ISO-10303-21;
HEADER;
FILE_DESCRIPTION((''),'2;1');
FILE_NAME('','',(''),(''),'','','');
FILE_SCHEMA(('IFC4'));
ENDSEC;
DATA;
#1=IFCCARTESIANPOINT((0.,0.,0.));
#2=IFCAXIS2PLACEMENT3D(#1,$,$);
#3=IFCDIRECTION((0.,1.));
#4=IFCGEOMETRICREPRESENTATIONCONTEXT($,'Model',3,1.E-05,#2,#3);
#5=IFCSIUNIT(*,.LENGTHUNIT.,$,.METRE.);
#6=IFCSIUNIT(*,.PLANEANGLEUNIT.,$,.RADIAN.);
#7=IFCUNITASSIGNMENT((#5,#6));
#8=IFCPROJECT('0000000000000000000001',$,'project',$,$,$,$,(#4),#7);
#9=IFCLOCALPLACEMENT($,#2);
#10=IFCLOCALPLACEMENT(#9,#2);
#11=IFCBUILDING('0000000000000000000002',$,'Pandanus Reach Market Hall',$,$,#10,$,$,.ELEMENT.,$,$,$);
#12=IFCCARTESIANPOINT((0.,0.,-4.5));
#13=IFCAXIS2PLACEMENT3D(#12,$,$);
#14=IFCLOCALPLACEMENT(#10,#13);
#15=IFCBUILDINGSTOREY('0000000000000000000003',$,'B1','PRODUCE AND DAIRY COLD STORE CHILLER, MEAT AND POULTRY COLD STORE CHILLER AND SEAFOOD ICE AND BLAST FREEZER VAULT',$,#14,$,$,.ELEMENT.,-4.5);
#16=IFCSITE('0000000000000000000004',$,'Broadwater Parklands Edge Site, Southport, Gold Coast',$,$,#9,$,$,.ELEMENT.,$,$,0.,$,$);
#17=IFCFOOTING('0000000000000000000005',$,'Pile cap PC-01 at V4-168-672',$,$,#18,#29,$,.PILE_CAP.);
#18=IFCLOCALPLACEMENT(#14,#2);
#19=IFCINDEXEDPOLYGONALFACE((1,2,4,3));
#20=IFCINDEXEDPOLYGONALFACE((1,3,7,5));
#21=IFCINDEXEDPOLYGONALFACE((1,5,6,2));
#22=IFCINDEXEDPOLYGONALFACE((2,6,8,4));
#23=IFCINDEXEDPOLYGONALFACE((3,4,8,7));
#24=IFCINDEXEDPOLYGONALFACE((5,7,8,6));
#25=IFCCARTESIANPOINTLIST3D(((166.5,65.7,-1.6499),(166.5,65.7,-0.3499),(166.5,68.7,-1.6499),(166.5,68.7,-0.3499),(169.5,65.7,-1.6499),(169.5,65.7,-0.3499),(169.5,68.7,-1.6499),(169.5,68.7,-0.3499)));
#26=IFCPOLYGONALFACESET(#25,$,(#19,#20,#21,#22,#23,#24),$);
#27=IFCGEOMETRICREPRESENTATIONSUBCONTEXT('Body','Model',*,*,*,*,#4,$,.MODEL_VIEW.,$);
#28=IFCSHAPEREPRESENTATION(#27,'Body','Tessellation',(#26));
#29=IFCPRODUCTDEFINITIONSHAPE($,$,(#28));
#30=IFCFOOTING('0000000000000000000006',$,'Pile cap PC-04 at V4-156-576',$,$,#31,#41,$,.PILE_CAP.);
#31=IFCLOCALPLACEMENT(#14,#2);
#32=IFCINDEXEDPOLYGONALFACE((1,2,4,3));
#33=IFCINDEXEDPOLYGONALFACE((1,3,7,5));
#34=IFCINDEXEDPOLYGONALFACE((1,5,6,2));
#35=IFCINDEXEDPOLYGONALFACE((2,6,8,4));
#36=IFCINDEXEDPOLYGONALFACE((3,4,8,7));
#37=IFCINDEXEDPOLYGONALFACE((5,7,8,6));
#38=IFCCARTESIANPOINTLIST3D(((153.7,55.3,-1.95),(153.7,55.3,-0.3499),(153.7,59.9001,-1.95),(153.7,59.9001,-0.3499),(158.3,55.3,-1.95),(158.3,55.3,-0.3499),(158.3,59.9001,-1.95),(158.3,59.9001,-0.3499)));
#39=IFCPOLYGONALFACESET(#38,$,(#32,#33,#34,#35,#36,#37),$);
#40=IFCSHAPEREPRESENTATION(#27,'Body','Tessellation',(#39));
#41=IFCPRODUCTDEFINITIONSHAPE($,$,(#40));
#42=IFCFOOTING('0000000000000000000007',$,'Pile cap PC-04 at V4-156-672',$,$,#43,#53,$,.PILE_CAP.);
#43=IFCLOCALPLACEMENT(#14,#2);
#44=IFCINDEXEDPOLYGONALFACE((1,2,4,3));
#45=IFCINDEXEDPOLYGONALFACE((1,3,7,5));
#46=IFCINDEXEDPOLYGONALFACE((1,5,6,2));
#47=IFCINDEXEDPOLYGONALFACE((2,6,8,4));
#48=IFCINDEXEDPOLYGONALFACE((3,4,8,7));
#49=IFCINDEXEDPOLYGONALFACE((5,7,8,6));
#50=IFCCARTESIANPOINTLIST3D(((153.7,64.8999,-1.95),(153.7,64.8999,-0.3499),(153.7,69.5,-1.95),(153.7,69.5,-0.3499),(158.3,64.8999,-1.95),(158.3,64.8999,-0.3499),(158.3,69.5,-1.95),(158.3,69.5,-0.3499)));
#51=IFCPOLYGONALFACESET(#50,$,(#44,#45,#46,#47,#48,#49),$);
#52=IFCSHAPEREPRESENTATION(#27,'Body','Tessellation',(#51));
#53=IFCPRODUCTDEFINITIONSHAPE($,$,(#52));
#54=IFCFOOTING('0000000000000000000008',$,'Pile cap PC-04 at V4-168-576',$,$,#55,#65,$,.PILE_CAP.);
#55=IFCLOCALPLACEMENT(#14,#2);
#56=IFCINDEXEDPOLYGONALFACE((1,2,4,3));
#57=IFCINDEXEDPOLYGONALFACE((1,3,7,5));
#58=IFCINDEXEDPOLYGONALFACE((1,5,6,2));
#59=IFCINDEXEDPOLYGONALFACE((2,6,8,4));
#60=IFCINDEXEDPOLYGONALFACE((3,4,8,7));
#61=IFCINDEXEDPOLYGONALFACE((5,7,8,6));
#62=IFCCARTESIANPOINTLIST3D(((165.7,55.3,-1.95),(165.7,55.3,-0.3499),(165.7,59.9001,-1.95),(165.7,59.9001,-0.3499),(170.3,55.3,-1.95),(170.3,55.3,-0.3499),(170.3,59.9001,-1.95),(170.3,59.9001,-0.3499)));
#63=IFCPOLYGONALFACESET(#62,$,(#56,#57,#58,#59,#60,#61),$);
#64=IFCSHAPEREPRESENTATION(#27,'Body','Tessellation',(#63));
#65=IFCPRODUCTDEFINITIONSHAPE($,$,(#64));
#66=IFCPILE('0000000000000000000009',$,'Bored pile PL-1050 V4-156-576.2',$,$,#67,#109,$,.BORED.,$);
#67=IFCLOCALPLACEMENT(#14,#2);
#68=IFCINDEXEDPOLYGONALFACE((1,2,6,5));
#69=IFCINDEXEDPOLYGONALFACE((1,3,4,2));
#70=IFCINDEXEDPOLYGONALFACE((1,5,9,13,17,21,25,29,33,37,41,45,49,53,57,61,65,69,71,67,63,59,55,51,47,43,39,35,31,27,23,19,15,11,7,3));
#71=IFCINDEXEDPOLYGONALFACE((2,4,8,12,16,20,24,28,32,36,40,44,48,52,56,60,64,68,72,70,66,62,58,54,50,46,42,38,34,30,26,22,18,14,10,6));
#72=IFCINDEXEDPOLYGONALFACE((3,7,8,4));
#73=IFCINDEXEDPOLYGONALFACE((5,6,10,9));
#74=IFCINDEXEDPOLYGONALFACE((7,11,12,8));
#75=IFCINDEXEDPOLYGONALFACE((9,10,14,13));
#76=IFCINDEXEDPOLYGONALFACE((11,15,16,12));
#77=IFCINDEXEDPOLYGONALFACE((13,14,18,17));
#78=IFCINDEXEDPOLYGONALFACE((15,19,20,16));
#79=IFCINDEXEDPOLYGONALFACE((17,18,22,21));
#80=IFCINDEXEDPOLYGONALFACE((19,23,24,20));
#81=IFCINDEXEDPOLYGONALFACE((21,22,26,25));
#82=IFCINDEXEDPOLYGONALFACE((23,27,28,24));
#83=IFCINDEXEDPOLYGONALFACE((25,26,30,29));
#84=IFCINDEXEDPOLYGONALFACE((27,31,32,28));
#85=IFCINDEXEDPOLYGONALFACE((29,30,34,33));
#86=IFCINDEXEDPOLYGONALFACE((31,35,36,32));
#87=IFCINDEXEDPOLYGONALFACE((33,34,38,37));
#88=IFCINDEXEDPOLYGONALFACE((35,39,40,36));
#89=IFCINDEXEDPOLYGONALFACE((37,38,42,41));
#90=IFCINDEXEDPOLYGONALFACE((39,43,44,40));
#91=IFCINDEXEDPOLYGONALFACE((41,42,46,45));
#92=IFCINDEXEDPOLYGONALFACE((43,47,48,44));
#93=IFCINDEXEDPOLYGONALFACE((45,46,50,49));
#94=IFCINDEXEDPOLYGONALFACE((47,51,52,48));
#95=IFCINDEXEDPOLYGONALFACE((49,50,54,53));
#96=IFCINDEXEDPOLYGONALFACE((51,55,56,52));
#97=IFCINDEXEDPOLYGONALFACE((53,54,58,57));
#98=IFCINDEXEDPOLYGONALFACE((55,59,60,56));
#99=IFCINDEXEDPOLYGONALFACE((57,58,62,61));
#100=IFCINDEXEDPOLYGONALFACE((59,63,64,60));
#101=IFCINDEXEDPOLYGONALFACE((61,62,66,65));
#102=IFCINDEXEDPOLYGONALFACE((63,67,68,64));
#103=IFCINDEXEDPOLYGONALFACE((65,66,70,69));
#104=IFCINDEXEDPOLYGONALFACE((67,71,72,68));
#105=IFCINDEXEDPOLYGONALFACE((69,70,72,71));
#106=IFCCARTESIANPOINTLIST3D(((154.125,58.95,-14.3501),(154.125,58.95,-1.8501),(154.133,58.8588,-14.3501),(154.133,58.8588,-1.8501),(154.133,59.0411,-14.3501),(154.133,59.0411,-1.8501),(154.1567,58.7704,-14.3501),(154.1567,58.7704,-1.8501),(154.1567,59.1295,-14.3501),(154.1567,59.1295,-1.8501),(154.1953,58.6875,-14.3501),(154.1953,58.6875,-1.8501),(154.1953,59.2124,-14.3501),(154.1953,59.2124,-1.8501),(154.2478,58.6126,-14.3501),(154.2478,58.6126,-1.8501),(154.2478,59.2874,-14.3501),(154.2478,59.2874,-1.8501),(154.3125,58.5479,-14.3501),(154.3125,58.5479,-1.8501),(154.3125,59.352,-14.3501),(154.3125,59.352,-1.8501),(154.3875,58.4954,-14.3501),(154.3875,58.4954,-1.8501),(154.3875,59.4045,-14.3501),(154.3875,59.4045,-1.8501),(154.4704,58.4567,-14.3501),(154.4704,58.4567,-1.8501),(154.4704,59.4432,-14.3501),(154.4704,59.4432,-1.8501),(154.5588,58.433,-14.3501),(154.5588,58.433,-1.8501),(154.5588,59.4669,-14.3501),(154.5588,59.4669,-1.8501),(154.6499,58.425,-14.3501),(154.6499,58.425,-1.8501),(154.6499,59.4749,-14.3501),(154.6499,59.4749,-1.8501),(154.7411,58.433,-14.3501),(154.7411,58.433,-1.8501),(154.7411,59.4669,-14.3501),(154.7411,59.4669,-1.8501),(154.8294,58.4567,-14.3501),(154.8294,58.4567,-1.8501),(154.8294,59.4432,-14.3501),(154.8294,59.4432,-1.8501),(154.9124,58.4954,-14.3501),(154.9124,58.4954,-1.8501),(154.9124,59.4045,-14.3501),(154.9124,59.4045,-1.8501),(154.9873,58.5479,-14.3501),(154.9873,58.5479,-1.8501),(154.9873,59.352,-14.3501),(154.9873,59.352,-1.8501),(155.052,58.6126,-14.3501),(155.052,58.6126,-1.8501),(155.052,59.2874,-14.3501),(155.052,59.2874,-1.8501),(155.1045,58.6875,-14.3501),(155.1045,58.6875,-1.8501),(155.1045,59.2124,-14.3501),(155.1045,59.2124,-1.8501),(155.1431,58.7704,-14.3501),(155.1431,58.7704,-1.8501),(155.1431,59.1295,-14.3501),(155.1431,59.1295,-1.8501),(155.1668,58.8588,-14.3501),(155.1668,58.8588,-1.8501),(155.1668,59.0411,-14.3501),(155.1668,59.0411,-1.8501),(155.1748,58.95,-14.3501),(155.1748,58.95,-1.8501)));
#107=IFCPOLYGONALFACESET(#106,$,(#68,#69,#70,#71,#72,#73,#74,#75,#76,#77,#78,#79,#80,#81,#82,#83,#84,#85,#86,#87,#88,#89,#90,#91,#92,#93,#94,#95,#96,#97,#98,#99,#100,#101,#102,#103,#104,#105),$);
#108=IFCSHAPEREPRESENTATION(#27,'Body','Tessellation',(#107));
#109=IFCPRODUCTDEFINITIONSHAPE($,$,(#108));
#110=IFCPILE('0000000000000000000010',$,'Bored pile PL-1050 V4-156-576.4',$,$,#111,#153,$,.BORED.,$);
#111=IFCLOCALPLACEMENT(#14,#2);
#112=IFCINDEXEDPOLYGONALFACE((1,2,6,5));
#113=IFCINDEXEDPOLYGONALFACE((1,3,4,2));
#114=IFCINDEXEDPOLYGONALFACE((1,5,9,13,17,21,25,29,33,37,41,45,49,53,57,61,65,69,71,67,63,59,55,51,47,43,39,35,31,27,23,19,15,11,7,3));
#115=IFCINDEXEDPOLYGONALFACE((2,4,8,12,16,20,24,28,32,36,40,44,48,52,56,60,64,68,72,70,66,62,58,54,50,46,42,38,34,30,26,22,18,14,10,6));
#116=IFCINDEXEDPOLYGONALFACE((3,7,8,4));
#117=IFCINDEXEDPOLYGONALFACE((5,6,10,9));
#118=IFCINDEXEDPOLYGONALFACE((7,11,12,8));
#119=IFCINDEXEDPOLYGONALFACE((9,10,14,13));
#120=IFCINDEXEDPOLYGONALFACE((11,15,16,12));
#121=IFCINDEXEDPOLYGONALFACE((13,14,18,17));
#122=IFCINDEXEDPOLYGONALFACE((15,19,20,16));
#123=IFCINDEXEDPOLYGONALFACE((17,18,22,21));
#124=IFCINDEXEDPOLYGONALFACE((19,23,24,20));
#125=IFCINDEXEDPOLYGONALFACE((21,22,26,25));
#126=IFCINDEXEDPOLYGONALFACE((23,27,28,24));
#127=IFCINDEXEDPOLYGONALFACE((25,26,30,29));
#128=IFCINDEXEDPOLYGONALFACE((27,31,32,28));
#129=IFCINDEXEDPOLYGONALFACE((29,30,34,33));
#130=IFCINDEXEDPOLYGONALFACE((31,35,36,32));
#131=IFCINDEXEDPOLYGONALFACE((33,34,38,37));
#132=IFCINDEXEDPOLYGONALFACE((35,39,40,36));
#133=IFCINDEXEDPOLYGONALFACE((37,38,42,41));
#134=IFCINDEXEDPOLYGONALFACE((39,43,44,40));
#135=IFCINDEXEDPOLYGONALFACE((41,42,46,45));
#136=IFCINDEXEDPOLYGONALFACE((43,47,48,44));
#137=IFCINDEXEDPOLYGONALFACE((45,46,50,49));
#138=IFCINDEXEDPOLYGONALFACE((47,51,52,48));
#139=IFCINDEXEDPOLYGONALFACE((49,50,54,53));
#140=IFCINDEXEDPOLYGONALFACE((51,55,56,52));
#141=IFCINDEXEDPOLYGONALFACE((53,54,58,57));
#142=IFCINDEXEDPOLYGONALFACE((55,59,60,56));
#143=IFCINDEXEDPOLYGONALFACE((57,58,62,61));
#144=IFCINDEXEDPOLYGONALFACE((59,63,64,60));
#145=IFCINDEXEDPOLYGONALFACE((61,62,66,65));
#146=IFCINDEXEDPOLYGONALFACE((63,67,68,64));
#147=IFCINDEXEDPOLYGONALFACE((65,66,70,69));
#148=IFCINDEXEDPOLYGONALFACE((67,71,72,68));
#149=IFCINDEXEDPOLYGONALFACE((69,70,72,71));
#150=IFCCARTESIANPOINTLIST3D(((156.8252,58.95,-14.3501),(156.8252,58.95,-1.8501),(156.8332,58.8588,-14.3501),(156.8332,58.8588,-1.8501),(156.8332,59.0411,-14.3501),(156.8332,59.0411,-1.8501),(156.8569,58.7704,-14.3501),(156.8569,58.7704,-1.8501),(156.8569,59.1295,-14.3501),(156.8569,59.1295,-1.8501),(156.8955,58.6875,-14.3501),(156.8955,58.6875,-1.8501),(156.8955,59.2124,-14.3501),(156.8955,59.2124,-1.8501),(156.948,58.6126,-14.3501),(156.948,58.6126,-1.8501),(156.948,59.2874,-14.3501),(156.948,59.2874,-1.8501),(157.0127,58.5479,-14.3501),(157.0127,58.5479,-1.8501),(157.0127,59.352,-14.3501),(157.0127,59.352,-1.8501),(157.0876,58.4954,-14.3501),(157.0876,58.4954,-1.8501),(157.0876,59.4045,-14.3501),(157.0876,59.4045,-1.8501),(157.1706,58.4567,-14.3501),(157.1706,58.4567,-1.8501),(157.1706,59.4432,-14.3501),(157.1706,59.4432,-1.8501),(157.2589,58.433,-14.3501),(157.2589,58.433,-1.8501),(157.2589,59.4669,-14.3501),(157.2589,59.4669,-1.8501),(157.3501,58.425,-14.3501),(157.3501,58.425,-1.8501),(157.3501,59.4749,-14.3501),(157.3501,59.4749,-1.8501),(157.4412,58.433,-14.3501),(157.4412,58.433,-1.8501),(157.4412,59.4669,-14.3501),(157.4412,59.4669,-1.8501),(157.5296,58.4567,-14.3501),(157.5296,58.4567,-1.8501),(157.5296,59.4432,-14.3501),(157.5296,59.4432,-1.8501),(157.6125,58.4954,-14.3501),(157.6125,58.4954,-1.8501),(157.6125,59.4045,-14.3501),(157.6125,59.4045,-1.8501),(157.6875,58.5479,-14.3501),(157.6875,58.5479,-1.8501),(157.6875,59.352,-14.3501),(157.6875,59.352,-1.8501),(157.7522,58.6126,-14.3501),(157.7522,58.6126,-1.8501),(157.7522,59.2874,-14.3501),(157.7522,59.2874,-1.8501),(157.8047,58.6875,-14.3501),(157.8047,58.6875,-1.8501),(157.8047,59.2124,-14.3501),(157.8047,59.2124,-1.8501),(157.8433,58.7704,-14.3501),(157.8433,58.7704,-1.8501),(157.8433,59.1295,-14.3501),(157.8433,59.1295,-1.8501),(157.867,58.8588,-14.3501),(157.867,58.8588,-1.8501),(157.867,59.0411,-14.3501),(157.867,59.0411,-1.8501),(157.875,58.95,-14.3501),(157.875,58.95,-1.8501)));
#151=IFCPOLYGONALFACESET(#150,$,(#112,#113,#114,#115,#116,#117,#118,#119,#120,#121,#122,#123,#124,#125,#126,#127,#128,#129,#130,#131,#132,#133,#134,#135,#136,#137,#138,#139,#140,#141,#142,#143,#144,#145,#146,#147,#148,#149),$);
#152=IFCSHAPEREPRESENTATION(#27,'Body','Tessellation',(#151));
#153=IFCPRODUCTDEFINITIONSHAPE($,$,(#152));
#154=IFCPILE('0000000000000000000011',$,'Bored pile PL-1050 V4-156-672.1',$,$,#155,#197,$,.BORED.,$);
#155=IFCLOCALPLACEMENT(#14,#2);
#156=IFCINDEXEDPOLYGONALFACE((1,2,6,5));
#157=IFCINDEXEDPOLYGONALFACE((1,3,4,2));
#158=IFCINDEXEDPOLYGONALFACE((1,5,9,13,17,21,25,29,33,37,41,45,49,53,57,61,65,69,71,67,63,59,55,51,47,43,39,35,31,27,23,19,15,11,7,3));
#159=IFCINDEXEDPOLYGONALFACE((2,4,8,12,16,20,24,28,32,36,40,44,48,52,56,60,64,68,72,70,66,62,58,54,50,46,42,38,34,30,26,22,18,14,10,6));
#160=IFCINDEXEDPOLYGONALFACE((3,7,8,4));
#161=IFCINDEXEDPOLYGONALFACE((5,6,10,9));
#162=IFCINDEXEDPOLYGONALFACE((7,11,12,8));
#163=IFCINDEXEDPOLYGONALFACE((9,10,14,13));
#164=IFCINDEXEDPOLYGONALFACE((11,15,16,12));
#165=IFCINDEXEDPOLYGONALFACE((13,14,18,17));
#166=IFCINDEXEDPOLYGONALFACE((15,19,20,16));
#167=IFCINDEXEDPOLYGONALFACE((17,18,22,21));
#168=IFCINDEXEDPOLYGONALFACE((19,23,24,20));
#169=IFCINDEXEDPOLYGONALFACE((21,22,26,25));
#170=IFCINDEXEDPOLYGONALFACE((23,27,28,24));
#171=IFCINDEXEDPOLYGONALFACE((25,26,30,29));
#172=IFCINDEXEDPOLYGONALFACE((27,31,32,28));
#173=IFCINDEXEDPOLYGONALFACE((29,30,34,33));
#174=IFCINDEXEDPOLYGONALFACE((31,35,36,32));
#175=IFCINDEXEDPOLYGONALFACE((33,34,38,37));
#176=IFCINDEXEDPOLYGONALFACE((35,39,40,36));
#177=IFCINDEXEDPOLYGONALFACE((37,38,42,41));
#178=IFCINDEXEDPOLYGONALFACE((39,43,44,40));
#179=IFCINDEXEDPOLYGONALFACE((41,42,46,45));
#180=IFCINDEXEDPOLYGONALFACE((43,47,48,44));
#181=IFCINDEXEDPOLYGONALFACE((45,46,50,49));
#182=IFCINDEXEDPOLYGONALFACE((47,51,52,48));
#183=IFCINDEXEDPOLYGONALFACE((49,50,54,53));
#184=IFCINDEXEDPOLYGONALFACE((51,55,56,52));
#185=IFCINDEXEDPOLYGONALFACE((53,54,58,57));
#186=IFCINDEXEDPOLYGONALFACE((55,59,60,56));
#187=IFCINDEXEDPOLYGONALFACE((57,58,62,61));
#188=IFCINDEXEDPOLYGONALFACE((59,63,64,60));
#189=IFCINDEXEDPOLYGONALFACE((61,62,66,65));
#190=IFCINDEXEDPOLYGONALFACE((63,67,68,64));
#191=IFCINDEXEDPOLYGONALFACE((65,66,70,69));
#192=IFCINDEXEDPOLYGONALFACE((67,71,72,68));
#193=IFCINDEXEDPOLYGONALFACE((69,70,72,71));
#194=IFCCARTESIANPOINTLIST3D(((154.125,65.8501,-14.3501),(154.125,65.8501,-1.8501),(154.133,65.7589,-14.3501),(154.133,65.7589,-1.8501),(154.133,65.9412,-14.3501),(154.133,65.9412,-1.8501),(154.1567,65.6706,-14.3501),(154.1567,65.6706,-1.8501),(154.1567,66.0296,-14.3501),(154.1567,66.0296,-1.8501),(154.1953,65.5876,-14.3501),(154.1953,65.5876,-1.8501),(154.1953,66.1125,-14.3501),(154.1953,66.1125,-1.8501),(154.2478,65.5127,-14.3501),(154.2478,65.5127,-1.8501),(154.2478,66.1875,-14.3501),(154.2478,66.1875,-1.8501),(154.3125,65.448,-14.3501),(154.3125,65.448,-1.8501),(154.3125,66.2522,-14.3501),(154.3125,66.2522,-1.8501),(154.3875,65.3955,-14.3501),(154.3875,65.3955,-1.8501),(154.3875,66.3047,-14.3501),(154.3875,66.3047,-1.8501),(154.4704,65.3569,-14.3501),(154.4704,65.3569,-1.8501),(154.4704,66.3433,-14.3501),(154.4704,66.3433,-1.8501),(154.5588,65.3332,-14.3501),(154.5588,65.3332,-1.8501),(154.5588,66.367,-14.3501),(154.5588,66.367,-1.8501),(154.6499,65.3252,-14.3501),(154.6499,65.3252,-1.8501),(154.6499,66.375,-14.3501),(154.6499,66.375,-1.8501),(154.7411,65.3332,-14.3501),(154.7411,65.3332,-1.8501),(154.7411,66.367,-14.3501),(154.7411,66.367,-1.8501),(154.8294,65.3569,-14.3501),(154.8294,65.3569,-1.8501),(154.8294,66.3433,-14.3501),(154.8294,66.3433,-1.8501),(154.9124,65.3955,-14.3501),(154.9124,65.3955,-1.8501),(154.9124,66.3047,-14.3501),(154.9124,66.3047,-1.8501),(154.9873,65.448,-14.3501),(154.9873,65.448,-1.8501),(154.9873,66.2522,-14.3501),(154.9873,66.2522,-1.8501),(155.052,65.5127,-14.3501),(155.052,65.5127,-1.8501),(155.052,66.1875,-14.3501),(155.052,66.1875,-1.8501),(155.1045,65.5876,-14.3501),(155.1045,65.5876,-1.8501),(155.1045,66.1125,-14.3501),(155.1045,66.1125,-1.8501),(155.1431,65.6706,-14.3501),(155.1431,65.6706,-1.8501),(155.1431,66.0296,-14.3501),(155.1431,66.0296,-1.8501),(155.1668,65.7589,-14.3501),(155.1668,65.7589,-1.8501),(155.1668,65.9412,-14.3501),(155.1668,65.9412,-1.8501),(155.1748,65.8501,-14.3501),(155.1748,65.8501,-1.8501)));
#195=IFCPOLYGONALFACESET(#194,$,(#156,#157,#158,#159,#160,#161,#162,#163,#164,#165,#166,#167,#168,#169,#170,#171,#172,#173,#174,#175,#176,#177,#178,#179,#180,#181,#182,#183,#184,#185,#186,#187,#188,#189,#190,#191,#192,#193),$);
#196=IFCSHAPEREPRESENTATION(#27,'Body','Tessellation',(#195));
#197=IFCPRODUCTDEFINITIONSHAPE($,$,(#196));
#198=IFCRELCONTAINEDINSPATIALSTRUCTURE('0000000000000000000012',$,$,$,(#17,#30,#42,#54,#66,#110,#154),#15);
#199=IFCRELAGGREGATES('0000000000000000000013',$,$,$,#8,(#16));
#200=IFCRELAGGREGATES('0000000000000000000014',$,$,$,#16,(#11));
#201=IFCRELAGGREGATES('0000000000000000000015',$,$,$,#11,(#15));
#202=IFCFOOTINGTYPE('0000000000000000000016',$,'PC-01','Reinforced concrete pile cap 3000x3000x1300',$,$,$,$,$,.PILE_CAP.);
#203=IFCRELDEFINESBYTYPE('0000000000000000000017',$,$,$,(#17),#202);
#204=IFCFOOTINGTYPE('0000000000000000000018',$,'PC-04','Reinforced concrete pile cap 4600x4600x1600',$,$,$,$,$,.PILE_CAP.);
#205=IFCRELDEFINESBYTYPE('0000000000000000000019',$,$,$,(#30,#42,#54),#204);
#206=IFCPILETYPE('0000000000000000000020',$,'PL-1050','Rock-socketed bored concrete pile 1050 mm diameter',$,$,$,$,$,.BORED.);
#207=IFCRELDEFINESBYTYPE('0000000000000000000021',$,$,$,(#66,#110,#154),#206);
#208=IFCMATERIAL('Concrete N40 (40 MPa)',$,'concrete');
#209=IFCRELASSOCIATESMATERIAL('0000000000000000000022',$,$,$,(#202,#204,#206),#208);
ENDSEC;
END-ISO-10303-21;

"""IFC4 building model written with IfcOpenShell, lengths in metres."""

from ifc_helpers import new_model, si_unit, direction, frame, origin, origin_2d, place, context, subcontext, project, spatial, rectangle, circle, extrude, material, material_profile, profile_set, type_object, element, save


model = new_model("IFC4")

# Units and contexts
model_context = context("Model", 3, precision=1e-05, world=origin(), true_north=direction((0.0, 1.0)))
body_context = subcontext(model_context, "Body", "Model", "MODEL_VIEW")
ifc_project = project(units=[si_unit("LENGTHUNIT", "METRE"), si_unit("PLANEANGLEUNIT", "RADIAN")], contexts=[model_context])

# Site, building, storey
site_placement = place(None, origin())
site = spatial("IfcSite", under=ifc_project, at=site_placement, Name="Broadwater Parklands Edge Site, Southport, Gold Coast", CompositionType="ELEMENT", RefElevation=0.0)
building_placement = place(site_placement, origin())
building = spatial("IfcBuilding", under=site, at=building_placement, Name="Pandanus Reach Market Hall", CompositionType="ELEMENT")
storey_placement = place(building_placement, frame((0.0, 0.0, -4.5)))
storey = spatial("IfcBuildingStorey", under=building, at=storey_placement, Name="B1", Description="PRODUCE AND DAIRY COLD STORE CHILLER, MEAT AND POULTRY COLD STORE CHILLER AND SEAFOOD ICE AND BLAST FREEZER VAULT", CompositionType="ELEMENT", Elevation=-4.5)

# Footings
ifc_material_1 = material(Name="Concrete N40 (40 MPa)", Category="concrete")
footing_type_1 = type_object("IfcFootingType", Name="PC-01", Description="Reinforced concrete pile cap 3000x3000x1300", PredefinedType="PILE_CAP", material=ifc_material_1)
footing_placement = place(storey_placement, frame((168.0, 67.2, -1.6499), z_axis=(0.0, 0.0, 1.0), x_axis=(1.0, 0.0, 0.0)))
element("IfcFooting", 1, at=footing_placement, inside=storey, type_object=footing_type_1, Name="Pile cap PC-01 at V4-168-672", PredefinedType="PILE_CAP", context=body_context, shape_type="SweptSolid", body=[
    extrude(rectangle(XDim=3.0, YDim=3.0, at=origin_2d()), origin(), (0.0, 0.0, 1.0), 1.3),
])
footing_type_2 = type_object("IfcFootingType", Name="PC-04", Description="Reinforced concrete pile cap 4600x4600x1600", PredefinedType="PILE_CAP", material=ifc_material_1)
for number, where, z_axis, x_axis, name in (
    (2, (156.0, 57.6001, -1.95), (0.0, 0.0, 1.0), (1.0, 0.0, 0.0), "Pile cap PC-04 at V4-156-576"),
    (3, (156.0, 67.2, -1.95), (0.0, 0.0, 1.0), (1.0, 0.0, 0.0), "Pile cap PC-04 at V4-156-672"),
    (4, (168.0, 57.6001, -1.95), (0.0, 0.0, 1.0), (1.0, 0.0, 0.0), "Pile cap PC-04 at V4-168-576"),
):
    element("IfcFooting", number, at=place(storey_placement, frame(where, z_axis=z_axis, x_axis=x_axis)), inside=storey, type_object=footing_type_2, Name=name, PredefinedType="PILE_CAP", context=body_context, shape_type="SweptSolid", body=[
        extrude(rectangle(XDim=4.6001, YDim=4.6001, at=origin_2d()), origin(), (0.0, 0.0, 1.0), 1.6001),
    ])

# Piles
ifc_material_profile_1 = material_profile(ifc_material_1, circle(Radius=0.5249, at=origin_2d()), Name="PILE-1050D", Category="LoadBearing")
ifc_profile_set_1 = profile_set([ifc_material_profile_1], Name="Concrete N40 (40 MPa)")
pile_type_1 = type_object("IfcPileType", Name="PL-1050", Description="Rock-socketed bored concrete pile 1050 mm diameter", PredefinedType="BORED", material=ifc_profile_set_1)
for number, where, z_axis, x_axis, name in (
    (5, (154.6499, 58.95, -1.8501), (0.0, 0.0, -1.0), (1.0, 0.0, 0.0), "Bored pile PL-1050 V4-156-576.2"),
    (6, (157.3501, 58.95, -1.8501), (0.0, 0.0, -1.0), (1.0, 0.0, 0.0), "Bored pile PL-1050 V4-156-576.4"),
    (7, (154.6499, 65.8501, -1.8501), (0.0, 0.0, -1.0), (1.0, 0.0, 0.0), "Bored pile PL-1050 V4-156-672.1"),
):
    element("IfcPile", number, at=place(storey_placement, frame(where, z_axis=z_axis, x_axis=x_axis)), inside=storey, type_object=pile_type_1, Name=name, PredefinedType="BORED", context=body_context, shape_type="SweptSolid", body=[
        extrude(circle(Radius=0.5249, at=origin_2d()), origin(), (0.0, 0.0, 1.0), 12.5),
    ])

save(model, "model.ifc")
